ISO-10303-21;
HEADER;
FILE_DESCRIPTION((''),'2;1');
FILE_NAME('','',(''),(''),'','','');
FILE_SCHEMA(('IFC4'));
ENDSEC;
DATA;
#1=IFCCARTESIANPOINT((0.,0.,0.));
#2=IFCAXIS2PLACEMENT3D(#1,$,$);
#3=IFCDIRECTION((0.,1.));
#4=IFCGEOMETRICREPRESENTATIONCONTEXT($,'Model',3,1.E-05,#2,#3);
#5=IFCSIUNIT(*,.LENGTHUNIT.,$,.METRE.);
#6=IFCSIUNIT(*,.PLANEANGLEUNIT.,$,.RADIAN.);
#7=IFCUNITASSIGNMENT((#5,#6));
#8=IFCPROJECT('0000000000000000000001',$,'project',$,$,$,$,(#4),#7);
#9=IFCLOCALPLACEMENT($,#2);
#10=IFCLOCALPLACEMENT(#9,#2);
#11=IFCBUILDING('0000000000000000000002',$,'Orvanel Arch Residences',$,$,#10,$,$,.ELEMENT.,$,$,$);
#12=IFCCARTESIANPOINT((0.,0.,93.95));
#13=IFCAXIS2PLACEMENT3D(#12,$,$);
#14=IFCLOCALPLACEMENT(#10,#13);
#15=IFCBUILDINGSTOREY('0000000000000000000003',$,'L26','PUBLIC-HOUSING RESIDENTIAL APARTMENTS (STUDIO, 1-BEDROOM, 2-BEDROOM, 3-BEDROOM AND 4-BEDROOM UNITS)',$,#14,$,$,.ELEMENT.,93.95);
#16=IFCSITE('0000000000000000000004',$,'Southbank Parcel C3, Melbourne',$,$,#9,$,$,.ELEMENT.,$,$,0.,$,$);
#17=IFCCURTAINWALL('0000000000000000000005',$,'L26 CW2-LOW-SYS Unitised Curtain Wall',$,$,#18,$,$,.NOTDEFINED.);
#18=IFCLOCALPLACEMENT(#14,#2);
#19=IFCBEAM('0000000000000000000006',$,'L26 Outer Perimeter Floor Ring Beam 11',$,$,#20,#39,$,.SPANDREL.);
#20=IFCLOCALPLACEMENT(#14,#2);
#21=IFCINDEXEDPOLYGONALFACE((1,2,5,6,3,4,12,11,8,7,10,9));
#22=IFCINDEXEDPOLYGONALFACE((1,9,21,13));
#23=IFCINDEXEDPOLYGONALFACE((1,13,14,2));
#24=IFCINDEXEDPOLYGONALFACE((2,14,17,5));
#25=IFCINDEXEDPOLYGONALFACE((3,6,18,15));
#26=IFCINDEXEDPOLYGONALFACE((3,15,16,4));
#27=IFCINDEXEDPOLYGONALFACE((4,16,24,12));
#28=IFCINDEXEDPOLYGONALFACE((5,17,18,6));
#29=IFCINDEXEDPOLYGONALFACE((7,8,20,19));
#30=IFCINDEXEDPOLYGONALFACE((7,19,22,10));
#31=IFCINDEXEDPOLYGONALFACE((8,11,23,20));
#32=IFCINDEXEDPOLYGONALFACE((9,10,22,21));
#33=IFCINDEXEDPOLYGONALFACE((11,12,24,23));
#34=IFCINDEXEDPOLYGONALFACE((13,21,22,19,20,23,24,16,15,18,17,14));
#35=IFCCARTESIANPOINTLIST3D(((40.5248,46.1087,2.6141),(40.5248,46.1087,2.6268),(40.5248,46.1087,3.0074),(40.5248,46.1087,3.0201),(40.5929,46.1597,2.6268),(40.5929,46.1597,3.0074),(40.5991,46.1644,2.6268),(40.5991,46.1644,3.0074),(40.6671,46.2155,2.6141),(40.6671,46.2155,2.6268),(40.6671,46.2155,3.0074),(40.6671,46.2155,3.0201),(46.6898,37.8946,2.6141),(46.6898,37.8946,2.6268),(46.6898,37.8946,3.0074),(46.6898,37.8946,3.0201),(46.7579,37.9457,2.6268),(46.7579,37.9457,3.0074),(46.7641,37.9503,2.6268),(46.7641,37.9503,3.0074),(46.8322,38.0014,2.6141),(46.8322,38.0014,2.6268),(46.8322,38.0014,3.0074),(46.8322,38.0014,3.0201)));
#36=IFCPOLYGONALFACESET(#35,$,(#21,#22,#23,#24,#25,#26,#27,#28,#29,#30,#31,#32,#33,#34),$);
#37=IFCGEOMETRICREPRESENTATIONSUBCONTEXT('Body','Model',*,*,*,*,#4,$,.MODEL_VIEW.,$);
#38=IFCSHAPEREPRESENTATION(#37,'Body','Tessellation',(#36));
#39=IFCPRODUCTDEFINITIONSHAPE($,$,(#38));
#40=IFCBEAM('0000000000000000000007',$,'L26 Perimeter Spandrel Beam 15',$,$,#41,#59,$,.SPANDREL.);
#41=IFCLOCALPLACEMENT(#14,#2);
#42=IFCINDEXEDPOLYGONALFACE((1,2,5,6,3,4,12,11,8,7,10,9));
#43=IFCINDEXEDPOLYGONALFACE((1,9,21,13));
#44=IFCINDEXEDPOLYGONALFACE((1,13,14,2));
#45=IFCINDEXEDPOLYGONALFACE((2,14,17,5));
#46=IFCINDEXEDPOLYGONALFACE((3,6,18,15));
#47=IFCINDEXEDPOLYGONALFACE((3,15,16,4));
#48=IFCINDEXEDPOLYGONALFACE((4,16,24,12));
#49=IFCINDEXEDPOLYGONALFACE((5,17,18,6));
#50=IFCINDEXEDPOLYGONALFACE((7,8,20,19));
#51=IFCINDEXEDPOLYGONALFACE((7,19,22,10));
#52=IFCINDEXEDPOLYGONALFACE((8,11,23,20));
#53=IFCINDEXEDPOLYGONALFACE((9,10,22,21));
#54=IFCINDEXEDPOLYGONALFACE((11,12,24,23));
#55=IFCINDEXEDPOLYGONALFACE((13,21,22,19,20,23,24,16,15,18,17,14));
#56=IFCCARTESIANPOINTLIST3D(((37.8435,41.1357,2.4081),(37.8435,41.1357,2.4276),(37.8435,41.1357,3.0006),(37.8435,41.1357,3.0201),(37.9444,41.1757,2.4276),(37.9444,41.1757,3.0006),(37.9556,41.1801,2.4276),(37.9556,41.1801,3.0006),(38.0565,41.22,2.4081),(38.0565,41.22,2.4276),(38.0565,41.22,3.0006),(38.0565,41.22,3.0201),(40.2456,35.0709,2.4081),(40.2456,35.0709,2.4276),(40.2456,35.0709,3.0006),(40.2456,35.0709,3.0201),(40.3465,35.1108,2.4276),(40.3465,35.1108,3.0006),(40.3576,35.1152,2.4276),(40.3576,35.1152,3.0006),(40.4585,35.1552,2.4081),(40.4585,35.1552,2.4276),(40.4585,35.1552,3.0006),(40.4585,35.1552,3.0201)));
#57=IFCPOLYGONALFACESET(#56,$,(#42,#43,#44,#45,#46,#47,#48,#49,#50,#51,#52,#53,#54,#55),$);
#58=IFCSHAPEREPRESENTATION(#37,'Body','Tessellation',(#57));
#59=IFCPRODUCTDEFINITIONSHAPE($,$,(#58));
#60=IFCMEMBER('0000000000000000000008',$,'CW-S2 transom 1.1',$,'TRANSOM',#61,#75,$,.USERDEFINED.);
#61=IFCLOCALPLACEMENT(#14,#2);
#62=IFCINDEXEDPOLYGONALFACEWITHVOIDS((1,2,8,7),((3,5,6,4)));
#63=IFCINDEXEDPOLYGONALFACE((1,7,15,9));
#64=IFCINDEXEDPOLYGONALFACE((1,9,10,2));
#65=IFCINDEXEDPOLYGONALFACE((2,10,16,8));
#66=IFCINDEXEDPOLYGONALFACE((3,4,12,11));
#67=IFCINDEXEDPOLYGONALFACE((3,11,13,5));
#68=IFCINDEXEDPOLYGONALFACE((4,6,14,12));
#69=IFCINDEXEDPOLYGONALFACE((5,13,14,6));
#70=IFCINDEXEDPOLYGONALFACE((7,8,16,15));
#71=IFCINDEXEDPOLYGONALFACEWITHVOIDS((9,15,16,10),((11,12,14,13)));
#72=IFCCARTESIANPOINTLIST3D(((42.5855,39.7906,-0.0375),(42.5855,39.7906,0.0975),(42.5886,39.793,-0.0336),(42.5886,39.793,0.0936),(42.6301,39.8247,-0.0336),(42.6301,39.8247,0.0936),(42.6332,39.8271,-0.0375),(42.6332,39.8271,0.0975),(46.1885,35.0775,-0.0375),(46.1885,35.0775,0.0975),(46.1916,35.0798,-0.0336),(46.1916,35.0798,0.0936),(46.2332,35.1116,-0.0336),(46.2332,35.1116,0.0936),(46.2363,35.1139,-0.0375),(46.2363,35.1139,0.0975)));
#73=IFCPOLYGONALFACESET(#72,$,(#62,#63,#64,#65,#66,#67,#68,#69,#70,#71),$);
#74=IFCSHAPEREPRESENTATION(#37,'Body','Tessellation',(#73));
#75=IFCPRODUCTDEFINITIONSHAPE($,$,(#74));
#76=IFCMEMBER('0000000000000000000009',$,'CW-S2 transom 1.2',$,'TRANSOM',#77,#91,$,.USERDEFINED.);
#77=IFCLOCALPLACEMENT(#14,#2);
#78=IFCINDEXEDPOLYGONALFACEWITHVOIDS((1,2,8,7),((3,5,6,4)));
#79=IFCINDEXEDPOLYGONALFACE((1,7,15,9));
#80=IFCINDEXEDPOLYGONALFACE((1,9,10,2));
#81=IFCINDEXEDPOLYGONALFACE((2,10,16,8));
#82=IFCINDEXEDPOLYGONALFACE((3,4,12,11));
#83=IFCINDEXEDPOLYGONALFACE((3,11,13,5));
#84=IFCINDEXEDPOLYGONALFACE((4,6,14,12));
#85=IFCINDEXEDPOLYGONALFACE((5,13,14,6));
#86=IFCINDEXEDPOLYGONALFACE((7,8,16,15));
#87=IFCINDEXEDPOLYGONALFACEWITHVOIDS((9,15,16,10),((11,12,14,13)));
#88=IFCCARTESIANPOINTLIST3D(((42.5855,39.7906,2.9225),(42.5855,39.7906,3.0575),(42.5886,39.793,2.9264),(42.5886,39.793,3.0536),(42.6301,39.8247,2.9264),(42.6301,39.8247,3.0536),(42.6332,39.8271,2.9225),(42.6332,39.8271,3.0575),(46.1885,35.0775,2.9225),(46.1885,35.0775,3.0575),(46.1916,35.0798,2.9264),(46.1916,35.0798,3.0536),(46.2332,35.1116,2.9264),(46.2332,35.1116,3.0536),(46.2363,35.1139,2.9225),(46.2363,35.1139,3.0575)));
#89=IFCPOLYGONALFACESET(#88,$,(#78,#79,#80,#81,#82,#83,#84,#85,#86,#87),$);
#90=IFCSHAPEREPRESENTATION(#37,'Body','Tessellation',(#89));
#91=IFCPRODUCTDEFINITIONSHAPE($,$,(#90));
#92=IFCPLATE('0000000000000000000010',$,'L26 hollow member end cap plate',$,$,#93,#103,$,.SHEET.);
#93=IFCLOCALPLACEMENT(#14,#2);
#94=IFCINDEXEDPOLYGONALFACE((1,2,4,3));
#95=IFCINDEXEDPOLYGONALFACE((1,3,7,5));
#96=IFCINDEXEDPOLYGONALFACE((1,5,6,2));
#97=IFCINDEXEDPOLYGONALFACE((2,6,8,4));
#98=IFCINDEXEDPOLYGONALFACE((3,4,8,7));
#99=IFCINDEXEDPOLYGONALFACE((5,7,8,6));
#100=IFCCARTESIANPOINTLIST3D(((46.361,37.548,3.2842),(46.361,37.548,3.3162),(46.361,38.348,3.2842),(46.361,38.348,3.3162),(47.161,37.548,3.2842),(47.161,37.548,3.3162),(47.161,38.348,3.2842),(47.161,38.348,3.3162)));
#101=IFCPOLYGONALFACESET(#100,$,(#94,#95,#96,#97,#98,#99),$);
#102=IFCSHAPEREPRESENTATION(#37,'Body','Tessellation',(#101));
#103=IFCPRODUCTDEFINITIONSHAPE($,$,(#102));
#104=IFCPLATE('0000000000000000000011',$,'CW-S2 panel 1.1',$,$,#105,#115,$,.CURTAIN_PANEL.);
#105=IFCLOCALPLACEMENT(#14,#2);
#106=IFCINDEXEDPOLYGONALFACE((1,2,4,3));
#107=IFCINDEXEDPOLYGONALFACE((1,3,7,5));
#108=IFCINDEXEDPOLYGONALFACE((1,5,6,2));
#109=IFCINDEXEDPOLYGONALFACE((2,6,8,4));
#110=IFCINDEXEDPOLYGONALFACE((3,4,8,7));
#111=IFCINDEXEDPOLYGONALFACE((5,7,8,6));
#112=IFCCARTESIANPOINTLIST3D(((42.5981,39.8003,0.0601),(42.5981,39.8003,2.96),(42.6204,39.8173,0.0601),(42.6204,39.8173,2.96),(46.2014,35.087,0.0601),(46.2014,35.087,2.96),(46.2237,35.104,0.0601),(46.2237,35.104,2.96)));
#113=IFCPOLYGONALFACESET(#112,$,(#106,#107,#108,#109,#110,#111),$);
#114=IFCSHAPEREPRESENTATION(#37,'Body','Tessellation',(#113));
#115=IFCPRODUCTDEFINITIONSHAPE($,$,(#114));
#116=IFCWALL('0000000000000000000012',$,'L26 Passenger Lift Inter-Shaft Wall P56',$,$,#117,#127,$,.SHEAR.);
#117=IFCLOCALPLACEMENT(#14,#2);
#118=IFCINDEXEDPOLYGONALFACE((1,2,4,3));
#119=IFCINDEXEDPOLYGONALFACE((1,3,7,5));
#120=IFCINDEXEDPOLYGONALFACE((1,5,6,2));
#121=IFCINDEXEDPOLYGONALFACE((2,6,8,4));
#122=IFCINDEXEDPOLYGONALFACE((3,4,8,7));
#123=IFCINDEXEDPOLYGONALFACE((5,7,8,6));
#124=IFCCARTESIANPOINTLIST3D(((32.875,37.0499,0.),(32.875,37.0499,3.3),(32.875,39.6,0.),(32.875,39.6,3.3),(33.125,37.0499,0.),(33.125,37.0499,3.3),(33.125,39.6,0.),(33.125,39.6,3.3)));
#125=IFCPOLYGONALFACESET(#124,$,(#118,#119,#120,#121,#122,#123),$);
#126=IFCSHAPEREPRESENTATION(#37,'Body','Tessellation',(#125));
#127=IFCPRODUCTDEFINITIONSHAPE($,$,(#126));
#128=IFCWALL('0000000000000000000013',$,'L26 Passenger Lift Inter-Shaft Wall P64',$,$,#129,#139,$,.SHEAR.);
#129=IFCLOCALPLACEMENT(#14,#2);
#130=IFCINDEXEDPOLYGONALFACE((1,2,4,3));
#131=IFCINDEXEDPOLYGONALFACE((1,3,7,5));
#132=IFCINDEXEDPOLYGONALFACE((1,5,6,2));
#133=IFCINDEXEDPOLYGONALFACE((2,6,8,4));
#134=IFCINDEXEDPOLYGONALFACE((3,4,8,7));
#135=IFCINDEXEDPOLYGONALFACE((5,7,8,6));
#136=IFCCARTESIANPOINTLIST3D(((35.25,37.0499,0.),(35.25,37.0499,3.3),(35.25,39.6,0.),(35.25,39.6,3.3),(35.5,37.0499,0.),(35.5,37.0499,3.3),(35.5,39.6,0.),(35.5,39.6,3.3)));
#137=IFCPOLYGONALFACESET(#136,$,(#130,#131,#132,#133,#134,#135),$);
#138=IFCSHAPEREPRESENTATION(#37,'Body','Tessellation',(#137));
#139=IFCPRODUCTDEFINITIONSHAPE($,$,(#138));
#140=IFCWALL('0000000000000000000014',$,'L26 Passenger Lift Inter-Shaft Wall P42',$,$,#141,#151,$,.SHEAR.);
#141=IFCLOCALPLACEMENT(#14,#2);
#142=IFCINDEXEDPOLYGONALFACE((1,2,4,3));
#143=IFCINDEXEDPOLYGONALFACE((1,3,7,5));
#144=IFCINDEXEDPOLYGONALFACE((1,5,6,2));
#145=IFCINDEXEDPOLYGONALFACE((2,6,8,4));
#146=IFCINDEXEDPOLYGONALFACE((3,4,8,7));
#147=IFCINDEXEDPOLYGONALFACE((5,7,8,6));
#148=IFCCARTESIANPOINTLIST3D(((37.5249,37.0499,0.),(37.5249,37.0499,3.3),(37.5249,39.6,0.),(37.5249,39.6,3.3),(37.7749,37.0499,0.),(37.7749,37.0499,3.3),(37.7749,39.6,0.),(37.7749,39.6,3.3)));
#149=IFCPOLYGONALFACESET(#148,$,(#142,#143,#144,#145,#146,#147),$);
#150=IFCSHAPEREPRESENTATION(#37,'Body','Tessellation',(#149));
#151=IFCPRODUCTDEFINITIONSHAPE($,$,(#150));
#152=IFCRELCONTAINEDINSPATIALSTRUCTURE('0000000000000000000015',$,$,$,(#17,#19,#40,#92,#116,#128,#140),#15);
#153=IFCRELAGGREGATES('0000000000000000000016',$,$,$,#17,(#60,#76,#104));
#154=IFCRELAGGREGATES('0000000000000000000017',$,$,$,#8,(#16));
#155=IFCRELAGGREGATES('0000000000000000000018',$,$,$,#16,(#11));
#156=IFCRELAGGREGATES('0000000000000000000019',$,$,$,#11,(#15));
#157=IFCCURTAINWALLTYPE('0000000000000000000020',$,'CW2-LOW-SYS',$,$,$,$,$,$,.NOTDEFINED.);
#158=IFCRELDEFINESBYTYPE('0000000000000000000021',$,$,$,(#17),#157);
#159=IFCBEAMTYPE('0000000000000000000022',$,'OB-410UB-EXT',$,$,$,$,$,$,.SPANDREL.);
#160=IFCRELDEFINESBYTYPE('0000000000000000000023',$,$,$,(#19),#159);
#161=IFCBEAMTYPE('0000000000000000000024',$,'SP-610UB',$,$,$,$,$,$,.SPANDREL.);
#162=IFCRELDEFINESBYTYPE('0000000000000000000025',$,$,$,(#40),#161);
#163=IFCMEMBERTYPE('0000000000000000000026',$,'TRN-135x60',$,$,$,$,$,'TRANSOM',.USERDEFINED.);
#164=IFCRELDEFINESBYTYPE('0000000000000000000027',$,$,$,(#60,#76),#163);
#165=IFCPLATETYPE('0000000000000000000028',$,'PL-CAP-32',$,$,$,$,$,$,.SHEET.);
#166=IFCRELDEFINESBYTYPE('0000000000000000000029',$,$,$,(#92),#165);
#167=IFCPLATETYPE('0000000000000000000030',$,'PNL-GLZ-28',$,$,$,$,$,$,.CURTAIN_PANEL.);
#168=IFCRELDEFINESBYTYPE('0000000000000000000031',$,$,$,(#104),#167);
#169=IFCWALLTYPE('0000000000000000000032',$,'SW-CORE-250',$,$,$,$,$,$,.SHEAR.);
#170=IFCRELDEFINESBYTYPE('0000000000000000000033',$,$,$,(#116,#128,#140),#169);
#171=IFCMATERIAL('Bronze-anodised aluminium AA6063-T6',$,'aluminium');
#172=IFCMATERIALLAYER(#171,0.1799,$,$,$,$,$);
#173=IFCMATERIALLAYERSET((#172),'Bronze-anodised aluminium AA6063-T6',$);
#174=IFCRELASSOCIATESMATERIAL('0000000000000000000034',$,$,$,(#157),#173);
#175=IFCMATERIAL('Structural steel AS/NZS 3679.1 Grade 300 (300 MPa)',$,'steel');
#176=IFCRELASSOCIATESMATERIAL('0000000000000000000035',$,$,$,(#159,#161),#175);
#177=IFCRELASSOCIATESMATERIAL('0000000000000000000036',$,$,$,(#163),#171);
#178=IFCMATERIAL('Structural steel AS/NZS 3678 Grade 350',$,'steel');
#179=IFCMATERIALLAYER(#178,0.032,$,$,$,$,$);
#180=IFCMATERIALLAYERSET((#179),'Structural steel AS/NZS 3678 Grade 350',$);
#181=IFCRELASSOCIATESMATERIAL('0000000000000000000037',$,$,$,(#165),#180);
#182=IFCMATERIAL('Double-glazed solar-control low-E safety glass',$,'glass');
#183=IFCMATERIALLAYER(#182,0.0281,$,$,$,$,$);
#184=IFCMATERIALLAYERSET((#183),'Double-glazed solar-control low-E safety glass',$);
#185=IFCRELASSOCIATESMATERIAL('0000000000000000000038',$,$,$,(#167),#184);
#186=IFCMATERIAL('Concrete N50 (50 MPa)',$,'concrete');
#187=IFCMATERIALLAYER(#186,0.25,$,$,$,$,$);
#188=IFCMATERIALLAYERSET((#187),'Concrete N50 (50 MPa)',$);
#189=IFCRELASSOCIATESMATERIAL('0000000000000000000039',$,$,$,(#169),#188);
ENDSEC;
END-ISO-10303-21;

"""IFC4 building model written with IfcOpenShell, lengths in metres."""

from ifc_helpers import new_model, si_unit, direction, frame, frame_2d, origin, origin_2d, place, context, subcontext, project, spatial, rectangle, hollow_rectangle, i_section, extrude, material, layer, layer_set, material_profile, profile_set, type_object, element, aggregate, save


model = new_model("IFC4")

# Units and contexts
model_context = context("Model", 3, precision=1e-05, world=origin(), true_north=direction((0.0, 1.0)))
body_context = subcontext(model_context, "Body", "Model", "MODEL_VIEW")
ifc_project = project(units=[si_unit("LENGTHUNIT", "METRE"), si_unit("PLANEANGLEUNIT", "RADIAN")], contexts=[model_context])

# Site, building, storey
site_placement = place(None, origin())
site = spatial("IfcSite", under=ifc_project, at=site_placement, Name="Southbank Parcel C3, Melbourne", CompositionType="ELEMENT", RefElevation=0.0)
building_placement = place(site_placement, origin())
building = spatial("IfcBuilding", under=site, at=building_placement, Name="Orvanel Arch Residences", CompositionType="ELEMENT")
storey_placement = place(building_placement, frame((0.0, 0.0, 93.95)))
storey = spatial("IfcBuildingStorey", under=building, at=storey_placement, Name="L26", Description="PUBLIC-HOUSING RESIDENTIAL APARTMENTS (STUDIO, 1-BEDROOM, 2-BEDROOM, 3-BEDROOM AND 4-BEDROOM UNITS)", CompositionType="ELEMENT", Elevation=93.95)

# Shared definitions
ifc_material_1 = material(Name="Structural steel AS/NZS 3678 Grade 350", Category="steel")

# Shared definitions
ifc_material_2 = material(Name="Structural steel AS/NZS 3679.1 Grade 300 (300 MPa)", Category="steel")

# Curtain wall
ifc_material_3 = material(Name="Bronze-anodised aluminium AA6063-T6", Category="aluminium")
ifc_layer_1 = layer(ifc_material_3, 0.1799)
ifc_layer_set_1 = layer_set([ifc_layer_1], Name="Bronze-anodised aluminium AA6063-T6")
curtain_wall_type = type_object("IfcCurtainWallType", Name="CW2-LOW-SYS", PredefinedType="NOTDEFINED", material=ifc_layer_set_1)
curtain_wall_placement = place(storey_placement, origin())
curtain_wall = element("IfcCurtainWall", 1, at=curtain_wall_placement, inside=storey, type_object=curtain_wall_type, Name="L26 CW2-LOW-SYS Unitised Curtain Wall", PredefinedType="NOTDEFINED")

# Beams
ifc_material_profile_1 = material_profile(ifc_material_2, i_section(OverallWidth=0.178, OverallDepth=0.406, WebThickness=0.0078, FlangeThickness=0.0127, at=origin_2d()), Name="410UB59.7")
ifc_profile_set_1 = profile_set([ifc_material_profile_1], Name="Structural steel AS/NZS 3679.1 Grade 300 (300 MPa)")
beam_type_1 = type_object("IfcBeamType", Name="OB-410UB-EXT", PredefinedType="SPANDREL", material=ifc_profile_set_1)
beam_1_placement = place(storey_placement, frame((46.761, 37.948, 2.8171), z_axis=(-0.600278, 0.799792, 0.0), x_axis=(-0.799792, -0.600278, 0.0)))
element("IfcBeam", 2, at=beam_1_placement, inside=storey, type_object=beam_type_1, Name="L26 Outer Perimeter Floor Ring Beam 11", PredefinedType="SPANDREL", context=body_context, shape_type="SweptSolid", body=[
    extrude(i_section(OverallWidth=0.178, OverallDepth=0.406, WebThickness=0.0078, FlangeThickness=0.0127, at=origin_2d()), origin(), (0.0, 0.0, 1.0), 10.2703),
])
ifc_material_profile_2 = material_profile(ifc_material_2, i_section(OverallWidth=0.229, OverallDepth=0.6121, WebThickness=0.012, FlangeThickness=0.0195, at=origin_2d()), Name="610UB125")
ifc_profile_set_2 = profile_set([ifc_material_profile_2], Name="Structural steel AS/NZS 3679.1 Grade 300 (300 MPa)")
beam_type_2 = type_object("IfcBeamType", Name="SP-610UB", PredefinedType="SPANDREL", material=ifc_profile_set_2)
beam_2_placement = place(storey_placement, frame((40.3521, 35.113, 2.7141), z_axis=(-0.368233, 0.929733, 0.0), x_axis=(-0.929733, -0.368233, 0.0)))
element("IfcBeam", 3, at=beam_2_placement, inside=storey, type_object=beam_type_2, Name="L26 Perimeter Spandrel Beam 15", PredefinedType="SPANDREL", context=body_context, shape_type="SweptSolid", body=[
    extrude(i_section(OverallWidth=0.229, OverallDepth=0.6121, WebThickness=0.012, FlangeThickness=0.0195, at=origin_2d()), origin(), (0.0, 0.0, 1.0), 6.5232),
])

# Members
ifc_material_profile_3 = material_profile(ifc_material_3, hollow_rectangle(XDim=0.0601, YDim=0.135, WallThickness=0.0039, at=origin_2d()), Name="ALU135x60x4")
ifc_profile_set_3 = profile_set([ifc_material_profile_3], Name="Bronze-anodised aluminium AA6063-T6")
member_type_1 = type_object("IfcMemberType", Name="TRN-135x60", ElementType="TRANSOM", PredefinedType="USERDEFINED", material=ifc_profile_set_3)
member_1_placement = place(storey_placement, frame((46.2124, 35.0957, 0.03), z_axis=(-0.607329, 0.79445, 0.0), x_axis=(-0.79445, -0.607329, 0.0)))
member_1 = element("IfcMember", 4, at=member_1_placement, type_object=member_type_1, Name="CW-S2 transom 1.1", ObjectType="TRANSOM", PredefinedType="USERDEFINED", context=body_context, shape_type="SweptSolid", body=[
    extrude(hollow_rectangle(XDim=0.0601, YDim=0.135, WallThickness=0.0039, at=origin_2d()), origin(), (0.0, 0.0, 1.0), 5.9326),
])
member_2_placement = place(storey_placement, frame((46.2124, 35.0957, 2.99), z_axis=(-0.607329, 0.79445, 0.0), x_axis=(-0.79445, -0.607329, 0.0)))
member_2 = element("IfcMember", 5, at=member_2_placement, type_object=member_type_1, Name="CW-S2 transom 1.2", ObjectType="TRANSOM", PredefinedType="USERDEFINED", context=body_context, shape_type="SweptSolid", body=[
    extrude(hollow_rectangle(XDim=0.0601, YDim=0.135, WallThickness=0.0039, at=origin_2d()), origin(), (0.0, 0.0, 1.0), 5.9326),
])

# Plates
ifc_layer_2 = layer(ifc_material_1, 0.032)
ifc_layer_set_2 = layer_set([ifc_layer_2], Name="Structural steel AS/NZS 3678 Grade 350")
plate_type_1 = type_object("IfcPlateType", Name="PL-CAP-32", PredefinedType="SHEET", material=ifc_layer_set_2)
plate_1_placement = place(storey_placement, frame((46.761, 37.948, 3.2842), z_axis=(0.0, 0.0, 1.0), x_axis=(1.0, 0.0, 0.0)))
element("IfcPlate", 6, at=plate_1_placement, inside=storey, type_object=plate_type_1, Name="L26 hollow member end cap plate", PredefinedType="SHEET", context=body_context, shape_type="SweptSolid", body=[
    extrude(rectangle(XDim=0.8, YDim=0.8, at=origin_2d()), origin(), (0.0, 0.0, 1.0), 0.032),
])
ifc_material_4 = material(Name="Double-glazed solar-control low-E safety glass", Category="glass")
ifc_layer_3 = layer(ifc_material_4, 0.0281)
ifc_layer_set_3 = layer_set([ifc_layer_3], Name="Double-glazed solar-control low-E safety glass")
plate_type_2 = type_object("IfcPlateType", Name="PNL-GLZ-28", PredefinedType="CURTAIN_PANEL", material=ifc_layer_set_3)
plate_2_placement = place(storey_placement, frame((44.4109, 37.4521, 0.0601), z_axis=(0.0, 0.0, 1.0), x_axis=(-0.607341, 0.794441, 0.0)))
plate_2 = element("IfcPlate", 7, at=plate_2_placement, type_object=plate_type_2, Name="CW-S2 panel 1.1", PredefinedType="CURTAIN_PANEL", context=body_context, shape_type="SweptSolid", body=[
    extrude(rectangle(XDim=5.9329, YDim=0.0281, at=origin_2d()), origin(), (0.0, 0.0, 1.0), 2.8999),
])
aggregate(curtain_wall, [member_1, member_2, plate_2])

# Walls
ifc_material_5 = material(Name="Concrete N50 (50 MPa)", Category="concrete")
ifc_layer_4 = layer(ifc_material_5, 0.25)
ifc_layer_set_4 = layer_set([ifc_layer_4], Name="Concrete N50 (50 MPa)")
wall_type_1 = type_object("IfcWallType", Name="SW-CORE-250", PredefinedType="SHEAR", material=ifc_layer_set_4)
for number, where, z_axis, x_axis, name in (
    (8, (33.0, 37.05, 0.0), (0.0, 0.0, 1.0), (0.0, 1.0, 0.0), "L26 Passenger Lift Inter-Shaft Wall P56"),
    (9, (35.375, 37.05, 0.0), (0.0, 0.0, 1.0), (0.0, 1.0, 0.0), "L26 Passenger Lift Inter-Shaft Wall P64"),
    (10, (37.6499, 37.05, 0.0), (0.0, 0.0, 1.0), (0.0, 1.0, 0.0), "L26 Passenger Lift Inter-Shaft Wall P42"),
):
    element("IfcWall", number, at=place(storey_placement, frame(where, z_axis=z_axis, x_axis=x_axis)), inside=storey, type_object=wall_type_1, Name=name, PredefinedType="SHEAR", context=body_context, shape_type="SweptSolid", body=[
        extrude(rectangle(XDim=2.55, YDim=0.25, at=frame_2d((1.2749, 0.0))), origin(), (0.0, 0.0, 1.0), 3.3),
    ])

save(model, "model.ifc")
